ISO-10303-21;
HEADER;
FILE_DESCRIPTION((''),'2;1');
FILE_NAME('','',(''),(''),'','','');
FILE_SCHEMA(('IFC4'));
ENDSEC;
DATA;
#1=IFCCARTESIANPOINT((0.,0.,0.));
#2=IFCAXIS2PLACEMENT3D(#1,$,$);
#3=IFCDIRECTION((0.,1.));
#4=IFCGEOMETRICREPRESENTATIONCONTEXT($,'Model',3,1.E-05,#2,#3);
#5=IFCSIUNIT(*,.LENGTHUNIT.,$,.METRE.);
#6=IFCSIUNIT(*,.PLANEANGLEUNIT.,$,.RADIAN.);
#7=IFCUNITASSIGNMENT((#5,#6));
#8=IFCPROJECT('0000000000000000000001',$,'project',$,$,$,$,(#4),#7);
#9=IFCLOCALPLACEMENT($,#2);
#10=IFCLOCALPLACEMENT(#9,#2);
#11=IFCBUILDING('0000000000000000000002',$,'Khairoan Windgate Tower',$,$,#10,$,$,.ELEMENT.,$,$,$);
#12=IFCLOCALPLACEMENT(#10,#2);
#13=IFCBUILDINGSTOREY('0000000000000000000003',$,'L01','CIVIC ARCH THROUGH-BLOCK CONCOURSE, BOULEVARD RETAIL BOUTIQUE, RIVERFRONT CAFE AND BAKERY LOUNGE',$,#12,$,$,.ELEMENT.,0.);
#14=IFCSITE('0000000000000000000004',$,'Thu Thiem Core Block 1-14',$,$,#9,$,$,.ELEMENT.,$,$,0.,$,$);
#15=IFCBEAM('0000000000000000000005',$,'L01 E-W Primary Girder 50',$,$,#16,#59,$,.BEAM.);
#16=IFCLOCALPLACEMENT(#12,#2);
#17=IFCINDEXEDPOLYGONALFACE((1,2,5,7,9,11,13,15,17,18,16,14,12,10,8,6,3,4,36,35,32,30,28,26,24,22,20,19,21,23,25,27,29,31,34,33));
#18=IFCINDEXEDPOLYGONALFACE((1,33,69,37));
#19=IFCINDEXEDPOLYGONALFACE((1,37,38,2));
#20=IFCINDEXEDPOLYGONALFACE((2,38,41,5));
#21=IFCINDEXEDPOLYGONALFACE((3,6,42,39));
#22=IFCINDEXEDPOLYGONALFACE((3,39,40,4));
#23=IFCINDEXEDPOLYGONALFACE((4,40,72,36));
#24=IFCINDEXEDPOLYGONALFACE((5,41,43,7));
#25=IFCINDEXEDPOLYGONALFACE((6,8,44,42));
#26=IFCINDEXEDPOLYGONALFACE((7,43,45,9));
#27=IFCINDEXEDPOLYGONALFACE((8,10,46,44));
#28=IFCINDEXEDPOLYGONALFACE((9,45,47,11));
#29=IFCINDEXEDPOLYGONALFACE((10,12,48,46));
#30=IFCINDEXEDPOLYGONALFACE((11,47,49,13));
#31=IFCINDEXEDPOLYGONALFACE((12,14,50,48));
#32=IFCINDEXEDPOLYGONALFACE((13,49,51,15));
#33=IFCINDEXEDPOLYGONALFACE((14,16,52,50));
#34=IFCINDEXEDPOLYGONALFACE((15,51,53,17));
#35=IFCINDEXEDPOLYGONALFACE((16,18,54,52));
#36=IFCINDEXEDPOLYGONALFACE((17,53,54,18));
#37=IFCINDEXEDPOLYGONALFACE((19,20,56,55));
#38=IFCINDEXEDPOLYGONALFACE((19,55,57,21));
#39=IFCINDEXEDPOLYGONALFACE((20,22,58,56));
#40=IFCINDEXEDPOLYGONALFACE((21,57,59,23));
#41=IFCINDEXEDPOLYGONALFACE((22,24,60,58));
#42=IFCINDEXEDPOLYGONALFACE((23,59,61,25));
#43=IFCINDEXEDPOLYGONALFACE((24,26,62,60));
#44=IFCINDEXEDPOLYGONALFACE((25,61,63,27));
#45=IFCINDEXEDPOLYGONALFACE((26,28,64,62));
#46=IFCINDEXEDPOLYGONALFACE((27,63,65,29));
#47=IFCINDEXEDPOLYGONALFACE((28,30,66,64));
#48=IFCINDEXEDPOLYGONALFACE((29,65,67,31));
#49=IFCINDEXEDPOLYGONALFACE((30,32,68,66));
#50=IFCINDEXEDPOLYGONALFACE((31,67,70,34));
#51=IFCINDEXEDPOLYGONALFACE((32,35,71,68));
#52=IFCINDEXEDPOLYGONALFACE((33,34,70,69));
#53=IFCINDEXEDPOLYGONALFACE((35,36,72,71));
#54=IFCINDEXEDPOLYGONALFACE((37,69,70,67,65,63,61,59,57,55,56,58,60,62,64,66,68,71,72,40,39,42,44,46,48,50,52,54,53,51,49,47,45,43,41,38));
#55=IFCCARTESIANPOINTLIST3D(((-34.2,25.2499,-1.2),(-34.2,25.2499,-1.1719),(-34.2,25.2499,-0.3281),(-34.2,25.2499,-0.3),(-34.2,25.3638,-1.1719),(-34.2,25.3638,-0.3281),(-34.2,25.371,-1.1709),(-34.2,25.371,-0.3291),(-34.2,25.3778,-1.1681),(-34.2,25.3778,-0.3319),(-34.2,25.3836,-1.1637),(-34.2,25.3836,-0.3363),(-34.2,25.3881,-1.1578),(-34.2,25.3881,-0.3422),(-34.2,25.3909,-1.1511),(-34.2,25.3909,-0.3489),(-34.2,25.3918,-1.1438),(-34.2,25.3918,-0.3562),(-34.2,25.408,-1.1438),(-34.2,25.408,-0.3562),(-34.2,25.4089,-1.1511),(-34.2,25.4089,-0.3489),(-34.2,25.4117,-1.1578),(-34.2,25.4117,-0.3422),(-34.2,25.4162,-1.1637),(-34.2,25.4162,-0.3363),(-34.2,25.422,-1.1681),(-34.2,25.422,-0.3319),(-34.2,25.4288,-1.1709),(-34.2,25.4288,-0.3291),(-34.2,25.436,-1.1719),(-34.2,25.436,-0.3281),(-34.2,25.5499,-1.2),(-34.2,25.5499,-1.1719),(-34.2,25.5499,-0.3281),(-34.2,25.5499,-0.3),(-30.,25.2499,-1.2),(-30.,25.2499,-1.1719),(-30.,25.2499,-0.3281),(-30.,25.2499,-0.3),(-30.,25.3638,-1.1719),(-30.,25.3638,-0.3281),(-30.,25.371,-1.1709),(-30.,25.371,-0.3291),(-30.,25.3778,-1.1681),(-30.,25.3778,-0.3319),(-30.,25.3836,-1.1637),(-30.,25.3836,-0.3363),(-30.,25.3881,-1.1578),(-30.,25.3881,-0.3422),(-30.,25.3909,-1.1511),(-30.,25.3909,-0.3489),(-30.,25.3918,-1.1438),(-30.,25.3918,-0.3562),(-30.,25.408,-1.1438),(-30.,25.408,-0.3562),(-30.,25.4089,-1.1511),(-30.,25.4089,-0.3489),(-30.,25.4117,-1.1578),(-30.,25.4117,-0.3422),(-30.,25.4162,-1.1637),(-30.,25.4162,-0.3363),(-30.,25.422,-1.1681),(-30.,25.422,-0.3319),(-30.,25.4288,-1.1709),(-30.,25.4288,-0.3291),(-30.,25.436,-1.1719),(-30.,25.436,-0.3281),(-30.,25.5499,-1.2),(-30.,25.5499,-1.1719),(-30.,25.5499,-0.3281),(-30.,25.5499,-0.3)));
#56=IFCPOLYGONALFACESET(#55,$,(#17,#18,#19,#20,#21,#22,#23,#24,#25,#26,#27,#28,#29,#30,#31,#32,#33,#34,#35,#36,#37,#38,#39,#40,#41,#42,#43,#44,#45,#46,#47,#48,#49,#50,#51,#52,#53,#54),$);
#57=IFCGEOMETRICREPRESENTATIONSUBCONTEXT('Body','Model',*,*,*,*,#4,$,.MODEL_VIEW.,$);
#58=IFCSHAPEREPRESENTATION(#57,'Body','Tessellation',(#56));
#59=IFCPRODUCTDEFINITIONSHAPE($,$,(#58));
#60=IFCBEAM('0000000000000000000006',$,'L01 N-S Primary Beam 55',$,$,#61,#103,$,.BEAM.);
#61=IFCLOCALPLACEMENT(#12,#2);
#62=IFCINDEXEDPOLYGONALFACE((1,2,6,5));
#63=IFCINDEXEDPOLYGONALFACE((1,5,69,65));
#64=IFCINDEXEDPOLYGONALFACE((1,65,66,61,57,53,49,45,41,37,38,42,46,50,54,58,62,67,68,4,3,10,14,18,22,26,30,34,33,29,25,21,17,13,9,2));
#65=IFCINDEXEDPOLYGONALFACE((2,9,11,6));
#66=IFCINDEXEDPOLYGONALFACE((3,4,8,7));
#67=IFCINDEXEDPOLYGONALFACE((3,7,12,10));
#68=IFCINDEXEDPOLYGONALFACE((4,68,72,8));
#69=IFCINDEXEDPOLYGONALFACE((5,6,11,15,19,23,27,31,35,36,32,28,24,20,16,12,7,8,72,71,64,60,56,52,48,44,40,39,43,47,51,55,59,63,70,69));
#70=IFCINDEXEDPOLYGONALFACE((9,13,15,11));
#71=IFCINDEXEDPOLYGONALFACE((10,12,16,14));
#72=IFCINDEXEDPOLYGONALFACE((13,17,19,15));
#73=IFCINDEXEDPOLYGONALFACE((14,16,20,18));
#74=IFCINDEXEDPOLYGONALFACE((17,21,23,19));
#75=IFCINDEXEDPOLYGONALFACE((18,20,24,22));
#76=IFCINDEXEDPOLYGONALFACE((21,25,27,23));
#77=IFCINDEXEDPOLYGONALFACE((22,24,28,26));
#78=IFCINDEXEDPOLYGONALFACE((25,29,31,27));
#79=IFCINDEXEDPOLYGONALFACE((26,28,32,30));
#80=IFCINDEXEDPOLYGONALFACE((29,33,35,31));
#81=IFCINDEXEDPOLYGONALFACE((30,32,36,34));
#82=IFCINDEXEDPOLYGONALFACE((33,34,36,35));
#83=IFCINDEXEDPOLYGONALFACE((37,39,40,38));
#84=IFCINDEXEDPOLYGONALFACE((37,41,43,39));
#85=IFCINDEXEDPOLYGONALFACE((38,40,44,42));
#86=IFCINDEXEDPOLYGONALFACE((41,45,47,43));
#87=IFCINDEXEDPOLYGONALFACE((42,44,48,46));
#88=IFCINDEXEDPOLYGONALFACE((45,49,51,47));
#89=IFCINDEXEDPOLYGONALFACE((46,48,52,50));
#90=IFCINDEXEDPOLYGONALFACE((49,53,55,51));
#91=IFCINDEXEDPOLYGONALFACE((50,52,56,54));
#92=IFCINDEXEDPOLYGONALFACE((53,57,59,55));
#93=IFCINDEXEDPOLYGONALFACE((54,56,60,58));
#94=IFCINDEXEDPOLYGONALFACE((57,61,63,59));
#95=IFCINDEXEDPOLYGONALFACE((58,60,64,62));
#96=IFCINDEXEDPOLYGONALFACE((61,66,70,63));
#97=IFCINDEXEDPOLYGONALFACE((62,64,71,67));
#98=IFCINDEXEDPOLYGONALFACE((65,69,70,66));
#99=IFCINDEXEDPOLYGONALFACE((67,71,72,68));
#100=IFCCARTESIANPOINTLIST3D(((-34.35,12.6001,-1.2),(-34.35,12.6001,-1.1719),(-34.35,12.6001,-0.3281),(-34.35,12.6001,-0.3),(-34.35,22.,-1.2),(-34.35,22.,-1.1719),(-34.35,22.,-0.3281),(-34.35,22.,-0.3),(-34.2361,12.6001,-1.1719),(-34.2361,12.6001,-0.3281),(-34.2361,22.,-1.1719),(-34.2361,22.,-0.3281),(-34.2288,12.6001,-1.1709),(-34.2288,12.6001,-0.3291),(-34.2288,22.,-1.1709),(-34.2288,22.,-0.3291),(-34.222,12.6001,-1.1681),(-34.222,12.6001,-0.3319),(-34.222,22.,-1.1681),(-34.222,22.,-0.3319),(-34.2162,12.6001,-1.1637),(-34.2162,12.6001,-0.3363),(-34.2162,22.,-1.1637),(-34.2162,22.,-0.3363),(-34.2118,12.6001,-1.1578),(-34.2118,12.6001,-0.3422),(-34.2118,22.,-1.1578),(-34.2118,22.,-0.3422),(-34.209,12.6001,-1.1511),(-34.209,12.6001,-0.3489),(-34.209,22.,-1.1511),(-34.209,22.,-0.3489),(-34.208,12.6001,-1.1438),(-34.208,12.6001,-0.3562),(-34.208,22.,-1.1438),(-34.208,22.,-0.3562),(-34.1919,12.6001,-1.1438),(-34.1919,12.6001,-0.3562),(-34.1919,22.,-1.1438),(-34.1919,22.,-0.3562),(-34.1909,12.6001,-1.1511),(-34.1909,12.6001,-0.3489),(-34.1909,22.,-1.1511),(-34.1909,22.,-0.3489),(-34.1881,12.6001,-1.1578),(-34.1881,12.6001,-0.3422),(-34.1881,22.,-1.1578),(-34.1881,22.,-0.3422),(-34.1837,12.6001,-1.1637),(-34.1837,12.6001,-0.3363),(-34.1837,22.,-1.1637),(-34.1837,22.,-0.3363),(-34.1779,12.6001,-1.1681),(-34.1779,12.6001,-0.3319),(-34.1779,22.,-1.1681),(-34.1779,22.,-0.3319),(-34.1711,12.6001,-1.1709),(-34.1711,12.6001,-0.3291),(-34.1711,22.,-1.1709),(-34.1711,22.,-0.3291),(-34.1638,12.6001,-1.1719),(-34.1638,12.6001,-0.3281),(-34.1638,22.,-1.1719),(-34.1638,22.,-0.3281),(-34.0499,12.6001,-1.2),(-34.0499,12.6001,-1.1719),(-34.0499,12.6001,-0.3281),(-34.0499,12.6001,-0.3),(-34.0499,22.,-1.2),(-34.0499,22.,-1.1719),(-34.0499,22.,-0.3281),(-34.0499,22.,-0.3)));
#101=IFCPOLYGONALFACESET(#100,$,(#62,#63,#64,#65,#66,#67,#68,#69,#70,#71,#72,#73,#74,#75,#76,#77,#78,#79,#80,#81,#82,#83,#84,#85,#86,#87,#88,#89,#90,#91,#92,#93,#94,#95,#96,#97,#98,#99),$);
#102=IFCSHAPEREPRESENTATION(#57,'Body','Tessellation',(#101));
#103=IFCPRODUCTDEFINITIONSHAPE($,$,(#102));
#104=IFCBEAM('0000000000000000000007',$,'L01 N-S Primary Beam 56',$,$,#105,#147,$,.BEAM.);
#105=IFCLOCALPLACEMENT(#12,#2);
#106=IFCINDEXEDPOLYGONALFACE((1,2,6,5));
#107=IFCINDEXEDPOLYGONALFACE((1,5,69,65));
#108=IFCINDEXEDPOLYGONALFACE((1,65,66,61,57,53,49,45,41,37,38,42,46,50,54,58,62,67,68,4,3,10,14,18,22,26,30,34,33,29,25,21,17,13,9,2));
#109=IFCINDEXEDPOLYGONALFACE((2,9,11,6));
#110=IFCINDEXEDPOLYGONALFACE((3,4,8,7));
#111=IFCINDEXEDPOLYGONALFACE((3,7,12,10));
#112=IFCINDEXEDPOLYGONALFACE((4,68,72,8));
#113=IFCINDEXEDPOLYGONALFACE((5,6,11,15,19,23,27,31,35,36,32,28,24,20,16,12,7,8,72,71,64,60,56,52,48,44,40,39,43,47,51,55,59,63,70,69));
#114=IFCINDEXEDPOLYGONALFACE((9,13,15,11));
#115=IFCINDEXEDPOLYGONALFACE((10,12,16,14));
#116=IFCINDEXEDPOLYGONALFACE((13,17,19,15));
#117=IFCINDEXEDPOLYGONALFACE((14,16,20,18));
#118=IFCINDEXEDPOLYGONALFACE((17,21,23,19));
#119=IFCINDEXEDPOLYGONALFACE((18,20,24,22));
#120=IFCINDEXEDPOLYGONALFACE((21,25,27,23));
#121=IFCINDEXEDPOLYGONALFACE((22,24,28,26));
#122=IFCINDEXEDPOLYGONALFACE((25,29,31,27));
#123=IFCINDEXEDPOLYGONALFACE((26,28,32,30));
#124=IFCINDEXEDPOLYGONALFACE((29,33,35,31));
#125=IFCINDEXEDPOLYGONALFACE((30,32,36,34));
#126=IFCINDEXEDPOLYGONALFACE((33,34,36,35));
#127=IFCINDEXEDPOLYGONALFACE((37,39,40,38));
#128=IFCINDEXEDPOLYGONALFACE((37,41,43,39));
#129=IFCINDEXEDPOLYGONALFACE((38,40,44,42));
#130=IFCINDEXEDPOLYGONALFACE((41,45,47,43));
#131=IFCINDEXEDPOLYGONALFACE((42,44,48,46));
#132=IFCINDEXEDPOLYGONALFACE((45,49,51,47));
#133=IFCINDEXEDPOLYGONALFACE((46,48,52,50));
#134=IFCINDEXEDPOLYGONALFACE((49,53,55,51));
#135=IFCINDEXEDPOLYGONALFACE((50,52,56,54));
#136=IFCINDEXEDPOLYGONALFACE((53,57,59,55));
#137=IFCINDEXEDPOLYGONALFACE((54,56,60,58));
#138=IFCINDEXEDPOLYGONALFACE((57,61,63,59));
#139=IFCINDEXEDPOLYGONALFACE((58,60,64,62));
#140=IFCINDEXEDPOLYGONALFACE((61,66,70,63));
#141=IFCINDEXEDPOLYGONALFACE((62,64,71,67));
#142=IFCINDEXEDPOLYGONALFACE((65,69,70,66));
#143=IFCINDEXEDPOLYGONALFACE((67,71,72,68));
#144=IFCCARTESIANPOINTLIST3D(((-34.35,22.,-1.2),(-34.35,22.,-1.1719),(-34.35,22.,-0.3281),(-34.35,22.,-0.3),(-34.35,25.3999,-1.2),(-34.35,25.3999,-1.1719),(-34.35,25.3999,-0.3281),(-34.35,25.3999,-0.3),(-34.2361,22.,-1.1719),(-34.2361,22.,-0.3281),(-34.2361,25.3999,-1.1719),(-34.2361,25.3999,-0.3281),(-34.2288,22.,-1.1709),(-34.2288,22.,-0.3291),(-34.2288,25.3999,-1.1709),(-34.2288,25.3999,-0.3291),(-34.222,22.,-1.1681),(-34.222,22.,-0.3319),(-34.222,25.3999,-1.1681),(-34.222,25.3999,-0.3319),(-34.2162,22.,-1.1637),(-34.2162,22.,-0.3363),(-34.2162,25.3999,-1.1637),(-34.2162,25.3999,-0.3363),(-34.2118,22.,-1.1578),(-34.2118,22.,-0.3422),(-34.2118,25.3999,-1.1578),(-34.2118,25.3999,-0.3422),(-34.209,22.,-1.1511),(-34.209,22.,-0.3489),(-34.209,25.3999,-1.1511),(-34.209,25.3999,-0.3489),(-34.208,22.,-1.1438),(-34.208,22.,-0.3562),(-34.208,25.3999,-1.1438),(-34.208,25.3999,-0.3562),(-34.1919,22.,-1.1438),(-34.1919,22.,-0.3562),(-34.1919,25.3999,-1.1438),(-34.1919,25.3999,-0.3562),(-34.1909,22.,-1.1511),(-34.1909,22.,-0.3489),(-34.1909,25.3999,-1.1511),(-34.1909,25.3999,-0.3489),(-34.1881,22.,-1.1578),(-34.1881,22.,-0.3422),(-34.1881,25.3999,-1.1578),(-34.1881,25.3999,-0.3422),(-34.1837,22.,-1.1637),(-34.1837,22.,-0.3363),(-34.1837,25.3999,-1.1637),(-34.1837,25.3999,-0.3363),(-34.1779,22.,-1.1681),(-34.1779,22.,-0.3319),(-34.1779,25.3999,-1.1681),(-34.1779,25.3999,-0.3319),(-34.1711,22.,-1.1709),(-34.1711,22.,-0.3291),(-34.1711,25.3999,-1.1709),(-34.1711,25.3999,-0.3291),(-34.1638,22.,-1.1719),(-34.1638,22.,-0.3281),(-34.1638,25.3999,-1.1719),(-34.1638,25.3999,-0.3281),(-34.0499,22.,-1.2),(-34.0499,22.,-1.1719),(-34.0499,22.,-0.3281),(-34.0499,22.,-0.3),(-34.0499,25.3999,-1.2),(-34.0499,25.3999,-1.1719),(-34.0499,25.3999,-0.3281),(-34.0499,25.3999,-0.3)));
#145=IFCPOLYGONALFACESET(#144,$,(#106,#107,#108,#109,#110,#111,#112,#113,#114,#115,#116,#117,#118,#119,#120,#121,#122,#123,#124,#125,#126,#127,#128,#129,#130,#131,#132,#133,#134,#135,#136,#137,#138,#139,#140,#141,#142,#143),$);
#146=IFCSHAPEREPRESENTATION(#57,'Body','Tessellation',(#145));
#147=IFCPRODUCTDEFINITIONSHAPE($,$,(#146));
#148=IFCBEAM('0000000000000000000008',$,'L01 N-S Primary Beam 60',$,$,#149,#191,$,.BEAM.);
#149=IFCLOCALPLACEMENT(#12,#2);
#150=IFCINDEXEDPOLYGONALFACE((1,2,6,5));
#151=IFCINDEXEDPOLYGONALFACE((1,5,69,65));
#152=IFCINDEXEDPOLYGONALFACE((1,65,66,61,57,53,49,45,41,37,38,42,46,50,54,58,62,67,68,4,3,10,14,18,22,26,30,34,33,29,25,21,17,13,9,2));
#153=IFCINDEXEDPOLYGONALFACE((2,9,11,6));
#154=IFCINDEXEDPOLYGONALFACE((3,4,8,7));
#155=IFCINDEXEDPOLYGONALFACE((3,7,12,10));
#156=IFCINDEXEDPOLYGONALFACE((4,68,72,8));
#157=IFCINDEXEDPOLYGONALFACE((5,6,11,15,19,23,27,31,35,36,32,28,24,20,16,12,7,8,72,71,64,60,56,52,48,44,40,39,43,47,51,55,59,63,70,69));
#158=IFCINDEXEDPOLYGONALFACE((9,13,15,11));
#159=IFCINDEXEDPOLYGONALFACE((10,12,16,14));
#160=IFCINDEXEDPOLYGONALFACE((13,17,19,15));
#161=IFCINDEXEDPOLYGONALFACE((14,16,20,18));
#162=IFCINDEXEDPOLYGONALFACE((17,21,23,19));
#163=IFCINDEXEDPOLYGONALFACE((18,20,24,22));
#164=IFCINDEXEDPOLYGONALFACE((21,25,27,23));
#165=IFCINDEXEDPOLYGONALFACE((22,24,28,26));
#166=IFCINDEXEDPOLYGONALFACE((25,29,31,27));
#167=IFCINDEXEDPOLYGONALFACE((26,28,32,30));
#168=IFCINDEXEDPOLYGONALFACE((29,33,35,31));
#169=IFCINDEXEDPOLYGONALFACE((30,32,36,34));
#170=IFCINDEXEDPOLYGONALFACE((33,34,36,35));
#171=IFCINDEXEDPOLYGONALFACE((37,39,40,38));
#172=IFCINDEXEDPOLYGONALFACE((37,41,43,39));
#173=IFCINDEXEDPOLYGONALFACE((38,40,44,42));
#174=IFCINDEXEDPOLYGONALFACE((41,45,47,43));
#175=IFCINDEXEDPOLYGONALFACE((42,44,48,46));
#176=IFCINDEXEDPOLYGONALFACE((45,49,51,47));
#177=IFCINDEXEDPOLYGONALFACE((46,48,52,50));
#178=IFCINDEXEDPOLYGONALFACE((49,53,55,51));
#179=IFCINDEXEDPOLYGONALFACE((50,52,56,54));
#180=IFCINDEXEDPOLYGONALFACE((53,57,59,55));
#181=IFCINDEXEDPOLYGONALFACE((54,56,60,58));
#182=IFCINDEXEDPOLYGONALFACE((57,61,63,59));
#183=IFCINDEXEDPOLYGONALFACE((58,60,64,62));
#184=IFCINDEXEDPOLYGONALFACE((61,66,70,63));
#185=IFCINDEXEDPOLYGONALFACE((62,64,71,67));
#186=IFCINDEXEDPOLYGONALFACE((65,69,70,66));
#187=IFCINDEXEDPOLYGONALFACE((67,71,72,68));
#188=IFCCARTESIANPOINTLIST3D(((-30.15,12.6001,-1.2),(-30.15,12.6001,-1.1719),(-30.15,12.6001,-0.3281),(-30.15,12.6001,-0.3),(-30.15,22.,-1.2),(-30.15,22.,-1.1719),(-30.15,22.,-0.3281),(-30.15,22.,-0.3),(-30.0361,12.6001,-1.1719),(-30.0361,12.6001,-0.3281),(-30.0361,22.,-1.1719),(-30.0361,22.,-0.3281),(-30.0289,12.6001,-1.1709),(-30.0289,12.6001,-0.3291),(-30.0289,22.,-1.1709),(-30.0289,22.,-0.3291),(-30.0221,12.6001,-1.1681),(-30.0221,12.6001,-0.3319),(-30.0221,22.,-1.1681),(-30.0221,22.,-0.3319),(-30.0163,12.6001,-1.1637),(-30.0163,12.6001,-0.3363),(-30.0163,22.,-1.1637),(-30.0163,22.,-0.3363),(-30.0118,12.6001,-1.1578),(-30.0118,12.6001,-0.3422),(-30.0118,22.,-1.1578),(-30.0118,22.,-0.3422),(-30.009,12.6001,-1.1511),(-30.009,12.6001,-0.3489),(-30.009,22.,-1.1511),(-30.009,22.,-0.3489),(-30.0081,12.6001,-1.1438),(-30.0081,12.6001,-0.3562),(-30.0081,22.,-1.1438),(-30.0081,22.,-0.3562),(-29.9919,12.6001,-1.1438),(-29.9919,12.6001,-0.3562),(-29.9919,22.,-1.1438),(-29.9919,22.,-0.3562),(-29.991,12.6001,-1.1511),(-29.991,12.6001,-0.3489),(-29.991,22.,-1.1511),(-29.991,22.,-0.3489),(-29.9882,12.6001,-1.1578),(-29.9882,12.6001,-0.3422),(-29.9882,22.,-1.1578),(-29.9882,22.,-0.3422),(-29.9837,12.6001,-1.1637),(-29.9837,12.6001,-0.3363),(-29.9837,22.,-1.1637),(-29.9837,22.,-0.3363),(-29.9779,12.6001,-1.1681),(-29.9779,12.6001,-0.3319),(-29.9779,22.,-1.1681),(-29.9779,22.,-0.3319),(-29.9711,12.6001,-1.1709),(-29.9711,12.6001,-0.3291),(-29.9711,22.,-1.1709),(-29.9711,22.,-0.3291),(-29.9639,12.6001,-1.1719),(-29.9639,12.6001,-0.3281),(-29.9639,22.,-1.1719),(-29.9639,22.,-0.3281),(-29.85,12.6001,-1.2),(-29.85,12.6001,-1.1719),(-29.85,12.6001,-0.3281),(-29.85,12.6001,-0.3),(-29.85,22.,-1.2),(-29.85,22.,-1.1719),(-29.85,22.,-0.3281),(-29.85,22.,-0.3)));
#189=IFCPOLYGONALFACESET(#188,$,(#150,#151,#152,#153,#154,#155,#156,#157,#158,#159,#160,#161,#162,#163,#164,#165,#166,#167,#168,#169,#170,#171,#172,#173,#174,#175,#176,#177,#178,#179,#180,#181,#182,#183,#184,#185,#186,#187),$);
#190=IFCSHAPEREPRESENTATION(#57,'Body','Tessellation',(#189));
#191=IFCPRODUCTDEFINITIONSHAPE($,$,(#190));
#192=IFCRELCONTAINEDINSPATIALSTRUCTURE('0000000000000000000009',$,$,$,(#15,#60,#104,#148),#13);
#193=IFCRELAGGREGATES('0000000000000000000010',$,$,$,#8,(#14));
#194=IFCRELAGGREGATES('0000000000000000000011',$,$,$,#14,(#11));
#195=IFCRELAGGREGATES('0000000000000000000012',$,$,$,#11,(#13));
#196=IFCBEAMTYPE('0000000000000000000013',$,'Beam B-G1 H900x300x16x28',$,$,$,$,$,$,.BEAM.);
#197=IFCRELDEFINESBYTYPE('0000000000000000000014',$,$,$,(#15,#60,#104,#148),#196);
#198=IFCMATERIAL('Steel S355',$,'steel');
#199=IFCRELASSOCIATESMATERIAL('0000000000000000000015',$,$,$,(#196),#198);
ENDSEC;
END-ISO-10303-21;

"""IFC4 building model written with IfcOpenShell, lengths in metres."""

from ifc_helpers import new_model, si_unit, direction, frame, origin, origin_2d, place, context, subcontext, project, spatial, i_section, extrude, material, material_profile, profile_set, type_object, element, save


model = new_model("IFC4")

# Units and contexts
model_context = context("Model", 3, precision=1e-05, world=origin(), true_north=direction((0.0, 1.0)))
body_context = subcontext(model_context, "Body", "Model", "MODEL_VIEW")
ifc_project = project(units=[si_unit("LENGTHUNIT", "METRE"), si_unit("PLANEANGLEUNIT", "RADIAN")], contexts=[model_context])

# Site, building, storey
site_placement = place(None, origin())
site = spatial("IfcSite", under=ifc_project, at=site_placement, Name="Thu Thiem Core Block 1-14", CompositionType="ELEMENT", RefElevation=0.0)
building_placement = place(site_placement, origin())
building = spatial("IfcBuilding", under=site, at=building_placement, Name="Khairoan Windgate Tower", CompositionType="ELEMENT")
storey_placement = place(building_placement, origin())
storey = spatial("IfcBuildingStorey", under=building, at=storey_placement, Name="L01", Description="CIVIC ARCH THROUGH-BLOCK CONCOURSE, BOULEVARD RETAIL BOUTIQUE, RIVERFRONT CAFE AND BAKERY LOUNGE", CompositionType="ELEMENT", Elevation=0.0)

# Beams
ifc_material_1 = material(Name="Steel S355", Category="steel")
ifc_material_profile_1 = material_profile(ifc_material_1, i_section(OverallWidth=0.3, OverallDepth=0.8999, WebThickness=0.0161, FlangeThickness=0.0281, FilletRadius=0.0281, at=origin_2d()))
ifc_profile_set_1 = profile_set([ifc_material_profile_1], Name="Steel S355")
beam_type_1 = type_object("IfcBeamType", Name="Beam B-G1 H900x300x16x28", PredefinedType="BEAM", material=ifc_profile_set_1)
for number, where, z_axis, x_axis, name in (
    (1, (-34.2, 25.3999, -0.75), (1.0, 0.0, 0.0), (0.0, 1.0, 0.0), "L01 E-W Primary Girder 50"),
):
    element("IfcBeam", number, at=place(storey_placement, frame(where, z_axis=z_axis, x_axis=x_axis)), inside=storey, type_object=beam_type_1, Name=name, PredefinedType="BEAM", context=body_context, shape_type="SweptSolid", body=[
        extrude(i_section(OverallWidth=0.3, OverallDepth=0.8999, WebThickness=0.0161, FlangeThickness=0.0281, FilletRadius=0.0281, at=origin_2d()), origin(), (0.0, 0.0, 1.0), 4.2),
    ])
beam_1_placement = place(storey_placement, frame((-34.2, 12.6001, -0.75), z_axis=(0.0, 1.0, 0.0), x_axis=(-1.0, 0.0, 0.0)))
element("IfcBeam", 2, at=beam_1_placement, inside=storey, type_object=beam_type_1, Name="L01 N-S Primary Beam 55", PredefinedType="BEAM", context=body_context, shape_type="SweptSolid", body=[
    extrude(i_section(OverallWidth=0.3, OverallDepth=0.8999, WebThickness=0.0161, FlangeThickness=0.0281, FilletRadius=0.0281, at=origin_2d()), origin(), (0.0, 0.0, 1.0), 9.3999),
])
beam_2_placement = place(storey_placement, frame((-34.2, 22.0, -0.75), z_axis=(0.0, 1.0, 0.0), x_axis=(-1.0, 0.0, 0.0)))
element("IfcBeam", 3, at=beam_2_placement, inside=storey, type_object=beam_type_1, Name="L01 N-S Primary Beam 56", PredefinedType="BEAM", context=body_context, shape_type="SweptSolid", body=[
    extrude(i_section(OverallWidth=0.3, OverallDepth=0.8999, WebThickness=0.0161, FlangeThickness=0.0281, FilletRadius=0.0281, at=origin_2d()), origin(), (0.0, 0.0, 1.0), 3.3999),
])
beam_3_placement = place(storey_placement, frame((-30.0, 12.6001, -0.75), z_axis=(0.0, 1.0, 0.0), x_axis=(-1.0, 0.0, 0.0)))
element("IfcBeam", 4, at=beam_3_placement, inside=storey, type_object=beam_type_1, Name="L01 N-S Primary Beam 60", PredefinedType="BEAM", context=body_context, shape_type="SweptSolid", body=[
    extrude(i_section(OverallWidth=0.3, OverallDepth=0.8999, WebThickness=0.0161, FlangeThickness=0.0281, FilletRadius=0.0281, at=origin_2d()), origin(), (0.0, 0.0, 1.0), 9.3999),
])

save(model, "model.ifc")
